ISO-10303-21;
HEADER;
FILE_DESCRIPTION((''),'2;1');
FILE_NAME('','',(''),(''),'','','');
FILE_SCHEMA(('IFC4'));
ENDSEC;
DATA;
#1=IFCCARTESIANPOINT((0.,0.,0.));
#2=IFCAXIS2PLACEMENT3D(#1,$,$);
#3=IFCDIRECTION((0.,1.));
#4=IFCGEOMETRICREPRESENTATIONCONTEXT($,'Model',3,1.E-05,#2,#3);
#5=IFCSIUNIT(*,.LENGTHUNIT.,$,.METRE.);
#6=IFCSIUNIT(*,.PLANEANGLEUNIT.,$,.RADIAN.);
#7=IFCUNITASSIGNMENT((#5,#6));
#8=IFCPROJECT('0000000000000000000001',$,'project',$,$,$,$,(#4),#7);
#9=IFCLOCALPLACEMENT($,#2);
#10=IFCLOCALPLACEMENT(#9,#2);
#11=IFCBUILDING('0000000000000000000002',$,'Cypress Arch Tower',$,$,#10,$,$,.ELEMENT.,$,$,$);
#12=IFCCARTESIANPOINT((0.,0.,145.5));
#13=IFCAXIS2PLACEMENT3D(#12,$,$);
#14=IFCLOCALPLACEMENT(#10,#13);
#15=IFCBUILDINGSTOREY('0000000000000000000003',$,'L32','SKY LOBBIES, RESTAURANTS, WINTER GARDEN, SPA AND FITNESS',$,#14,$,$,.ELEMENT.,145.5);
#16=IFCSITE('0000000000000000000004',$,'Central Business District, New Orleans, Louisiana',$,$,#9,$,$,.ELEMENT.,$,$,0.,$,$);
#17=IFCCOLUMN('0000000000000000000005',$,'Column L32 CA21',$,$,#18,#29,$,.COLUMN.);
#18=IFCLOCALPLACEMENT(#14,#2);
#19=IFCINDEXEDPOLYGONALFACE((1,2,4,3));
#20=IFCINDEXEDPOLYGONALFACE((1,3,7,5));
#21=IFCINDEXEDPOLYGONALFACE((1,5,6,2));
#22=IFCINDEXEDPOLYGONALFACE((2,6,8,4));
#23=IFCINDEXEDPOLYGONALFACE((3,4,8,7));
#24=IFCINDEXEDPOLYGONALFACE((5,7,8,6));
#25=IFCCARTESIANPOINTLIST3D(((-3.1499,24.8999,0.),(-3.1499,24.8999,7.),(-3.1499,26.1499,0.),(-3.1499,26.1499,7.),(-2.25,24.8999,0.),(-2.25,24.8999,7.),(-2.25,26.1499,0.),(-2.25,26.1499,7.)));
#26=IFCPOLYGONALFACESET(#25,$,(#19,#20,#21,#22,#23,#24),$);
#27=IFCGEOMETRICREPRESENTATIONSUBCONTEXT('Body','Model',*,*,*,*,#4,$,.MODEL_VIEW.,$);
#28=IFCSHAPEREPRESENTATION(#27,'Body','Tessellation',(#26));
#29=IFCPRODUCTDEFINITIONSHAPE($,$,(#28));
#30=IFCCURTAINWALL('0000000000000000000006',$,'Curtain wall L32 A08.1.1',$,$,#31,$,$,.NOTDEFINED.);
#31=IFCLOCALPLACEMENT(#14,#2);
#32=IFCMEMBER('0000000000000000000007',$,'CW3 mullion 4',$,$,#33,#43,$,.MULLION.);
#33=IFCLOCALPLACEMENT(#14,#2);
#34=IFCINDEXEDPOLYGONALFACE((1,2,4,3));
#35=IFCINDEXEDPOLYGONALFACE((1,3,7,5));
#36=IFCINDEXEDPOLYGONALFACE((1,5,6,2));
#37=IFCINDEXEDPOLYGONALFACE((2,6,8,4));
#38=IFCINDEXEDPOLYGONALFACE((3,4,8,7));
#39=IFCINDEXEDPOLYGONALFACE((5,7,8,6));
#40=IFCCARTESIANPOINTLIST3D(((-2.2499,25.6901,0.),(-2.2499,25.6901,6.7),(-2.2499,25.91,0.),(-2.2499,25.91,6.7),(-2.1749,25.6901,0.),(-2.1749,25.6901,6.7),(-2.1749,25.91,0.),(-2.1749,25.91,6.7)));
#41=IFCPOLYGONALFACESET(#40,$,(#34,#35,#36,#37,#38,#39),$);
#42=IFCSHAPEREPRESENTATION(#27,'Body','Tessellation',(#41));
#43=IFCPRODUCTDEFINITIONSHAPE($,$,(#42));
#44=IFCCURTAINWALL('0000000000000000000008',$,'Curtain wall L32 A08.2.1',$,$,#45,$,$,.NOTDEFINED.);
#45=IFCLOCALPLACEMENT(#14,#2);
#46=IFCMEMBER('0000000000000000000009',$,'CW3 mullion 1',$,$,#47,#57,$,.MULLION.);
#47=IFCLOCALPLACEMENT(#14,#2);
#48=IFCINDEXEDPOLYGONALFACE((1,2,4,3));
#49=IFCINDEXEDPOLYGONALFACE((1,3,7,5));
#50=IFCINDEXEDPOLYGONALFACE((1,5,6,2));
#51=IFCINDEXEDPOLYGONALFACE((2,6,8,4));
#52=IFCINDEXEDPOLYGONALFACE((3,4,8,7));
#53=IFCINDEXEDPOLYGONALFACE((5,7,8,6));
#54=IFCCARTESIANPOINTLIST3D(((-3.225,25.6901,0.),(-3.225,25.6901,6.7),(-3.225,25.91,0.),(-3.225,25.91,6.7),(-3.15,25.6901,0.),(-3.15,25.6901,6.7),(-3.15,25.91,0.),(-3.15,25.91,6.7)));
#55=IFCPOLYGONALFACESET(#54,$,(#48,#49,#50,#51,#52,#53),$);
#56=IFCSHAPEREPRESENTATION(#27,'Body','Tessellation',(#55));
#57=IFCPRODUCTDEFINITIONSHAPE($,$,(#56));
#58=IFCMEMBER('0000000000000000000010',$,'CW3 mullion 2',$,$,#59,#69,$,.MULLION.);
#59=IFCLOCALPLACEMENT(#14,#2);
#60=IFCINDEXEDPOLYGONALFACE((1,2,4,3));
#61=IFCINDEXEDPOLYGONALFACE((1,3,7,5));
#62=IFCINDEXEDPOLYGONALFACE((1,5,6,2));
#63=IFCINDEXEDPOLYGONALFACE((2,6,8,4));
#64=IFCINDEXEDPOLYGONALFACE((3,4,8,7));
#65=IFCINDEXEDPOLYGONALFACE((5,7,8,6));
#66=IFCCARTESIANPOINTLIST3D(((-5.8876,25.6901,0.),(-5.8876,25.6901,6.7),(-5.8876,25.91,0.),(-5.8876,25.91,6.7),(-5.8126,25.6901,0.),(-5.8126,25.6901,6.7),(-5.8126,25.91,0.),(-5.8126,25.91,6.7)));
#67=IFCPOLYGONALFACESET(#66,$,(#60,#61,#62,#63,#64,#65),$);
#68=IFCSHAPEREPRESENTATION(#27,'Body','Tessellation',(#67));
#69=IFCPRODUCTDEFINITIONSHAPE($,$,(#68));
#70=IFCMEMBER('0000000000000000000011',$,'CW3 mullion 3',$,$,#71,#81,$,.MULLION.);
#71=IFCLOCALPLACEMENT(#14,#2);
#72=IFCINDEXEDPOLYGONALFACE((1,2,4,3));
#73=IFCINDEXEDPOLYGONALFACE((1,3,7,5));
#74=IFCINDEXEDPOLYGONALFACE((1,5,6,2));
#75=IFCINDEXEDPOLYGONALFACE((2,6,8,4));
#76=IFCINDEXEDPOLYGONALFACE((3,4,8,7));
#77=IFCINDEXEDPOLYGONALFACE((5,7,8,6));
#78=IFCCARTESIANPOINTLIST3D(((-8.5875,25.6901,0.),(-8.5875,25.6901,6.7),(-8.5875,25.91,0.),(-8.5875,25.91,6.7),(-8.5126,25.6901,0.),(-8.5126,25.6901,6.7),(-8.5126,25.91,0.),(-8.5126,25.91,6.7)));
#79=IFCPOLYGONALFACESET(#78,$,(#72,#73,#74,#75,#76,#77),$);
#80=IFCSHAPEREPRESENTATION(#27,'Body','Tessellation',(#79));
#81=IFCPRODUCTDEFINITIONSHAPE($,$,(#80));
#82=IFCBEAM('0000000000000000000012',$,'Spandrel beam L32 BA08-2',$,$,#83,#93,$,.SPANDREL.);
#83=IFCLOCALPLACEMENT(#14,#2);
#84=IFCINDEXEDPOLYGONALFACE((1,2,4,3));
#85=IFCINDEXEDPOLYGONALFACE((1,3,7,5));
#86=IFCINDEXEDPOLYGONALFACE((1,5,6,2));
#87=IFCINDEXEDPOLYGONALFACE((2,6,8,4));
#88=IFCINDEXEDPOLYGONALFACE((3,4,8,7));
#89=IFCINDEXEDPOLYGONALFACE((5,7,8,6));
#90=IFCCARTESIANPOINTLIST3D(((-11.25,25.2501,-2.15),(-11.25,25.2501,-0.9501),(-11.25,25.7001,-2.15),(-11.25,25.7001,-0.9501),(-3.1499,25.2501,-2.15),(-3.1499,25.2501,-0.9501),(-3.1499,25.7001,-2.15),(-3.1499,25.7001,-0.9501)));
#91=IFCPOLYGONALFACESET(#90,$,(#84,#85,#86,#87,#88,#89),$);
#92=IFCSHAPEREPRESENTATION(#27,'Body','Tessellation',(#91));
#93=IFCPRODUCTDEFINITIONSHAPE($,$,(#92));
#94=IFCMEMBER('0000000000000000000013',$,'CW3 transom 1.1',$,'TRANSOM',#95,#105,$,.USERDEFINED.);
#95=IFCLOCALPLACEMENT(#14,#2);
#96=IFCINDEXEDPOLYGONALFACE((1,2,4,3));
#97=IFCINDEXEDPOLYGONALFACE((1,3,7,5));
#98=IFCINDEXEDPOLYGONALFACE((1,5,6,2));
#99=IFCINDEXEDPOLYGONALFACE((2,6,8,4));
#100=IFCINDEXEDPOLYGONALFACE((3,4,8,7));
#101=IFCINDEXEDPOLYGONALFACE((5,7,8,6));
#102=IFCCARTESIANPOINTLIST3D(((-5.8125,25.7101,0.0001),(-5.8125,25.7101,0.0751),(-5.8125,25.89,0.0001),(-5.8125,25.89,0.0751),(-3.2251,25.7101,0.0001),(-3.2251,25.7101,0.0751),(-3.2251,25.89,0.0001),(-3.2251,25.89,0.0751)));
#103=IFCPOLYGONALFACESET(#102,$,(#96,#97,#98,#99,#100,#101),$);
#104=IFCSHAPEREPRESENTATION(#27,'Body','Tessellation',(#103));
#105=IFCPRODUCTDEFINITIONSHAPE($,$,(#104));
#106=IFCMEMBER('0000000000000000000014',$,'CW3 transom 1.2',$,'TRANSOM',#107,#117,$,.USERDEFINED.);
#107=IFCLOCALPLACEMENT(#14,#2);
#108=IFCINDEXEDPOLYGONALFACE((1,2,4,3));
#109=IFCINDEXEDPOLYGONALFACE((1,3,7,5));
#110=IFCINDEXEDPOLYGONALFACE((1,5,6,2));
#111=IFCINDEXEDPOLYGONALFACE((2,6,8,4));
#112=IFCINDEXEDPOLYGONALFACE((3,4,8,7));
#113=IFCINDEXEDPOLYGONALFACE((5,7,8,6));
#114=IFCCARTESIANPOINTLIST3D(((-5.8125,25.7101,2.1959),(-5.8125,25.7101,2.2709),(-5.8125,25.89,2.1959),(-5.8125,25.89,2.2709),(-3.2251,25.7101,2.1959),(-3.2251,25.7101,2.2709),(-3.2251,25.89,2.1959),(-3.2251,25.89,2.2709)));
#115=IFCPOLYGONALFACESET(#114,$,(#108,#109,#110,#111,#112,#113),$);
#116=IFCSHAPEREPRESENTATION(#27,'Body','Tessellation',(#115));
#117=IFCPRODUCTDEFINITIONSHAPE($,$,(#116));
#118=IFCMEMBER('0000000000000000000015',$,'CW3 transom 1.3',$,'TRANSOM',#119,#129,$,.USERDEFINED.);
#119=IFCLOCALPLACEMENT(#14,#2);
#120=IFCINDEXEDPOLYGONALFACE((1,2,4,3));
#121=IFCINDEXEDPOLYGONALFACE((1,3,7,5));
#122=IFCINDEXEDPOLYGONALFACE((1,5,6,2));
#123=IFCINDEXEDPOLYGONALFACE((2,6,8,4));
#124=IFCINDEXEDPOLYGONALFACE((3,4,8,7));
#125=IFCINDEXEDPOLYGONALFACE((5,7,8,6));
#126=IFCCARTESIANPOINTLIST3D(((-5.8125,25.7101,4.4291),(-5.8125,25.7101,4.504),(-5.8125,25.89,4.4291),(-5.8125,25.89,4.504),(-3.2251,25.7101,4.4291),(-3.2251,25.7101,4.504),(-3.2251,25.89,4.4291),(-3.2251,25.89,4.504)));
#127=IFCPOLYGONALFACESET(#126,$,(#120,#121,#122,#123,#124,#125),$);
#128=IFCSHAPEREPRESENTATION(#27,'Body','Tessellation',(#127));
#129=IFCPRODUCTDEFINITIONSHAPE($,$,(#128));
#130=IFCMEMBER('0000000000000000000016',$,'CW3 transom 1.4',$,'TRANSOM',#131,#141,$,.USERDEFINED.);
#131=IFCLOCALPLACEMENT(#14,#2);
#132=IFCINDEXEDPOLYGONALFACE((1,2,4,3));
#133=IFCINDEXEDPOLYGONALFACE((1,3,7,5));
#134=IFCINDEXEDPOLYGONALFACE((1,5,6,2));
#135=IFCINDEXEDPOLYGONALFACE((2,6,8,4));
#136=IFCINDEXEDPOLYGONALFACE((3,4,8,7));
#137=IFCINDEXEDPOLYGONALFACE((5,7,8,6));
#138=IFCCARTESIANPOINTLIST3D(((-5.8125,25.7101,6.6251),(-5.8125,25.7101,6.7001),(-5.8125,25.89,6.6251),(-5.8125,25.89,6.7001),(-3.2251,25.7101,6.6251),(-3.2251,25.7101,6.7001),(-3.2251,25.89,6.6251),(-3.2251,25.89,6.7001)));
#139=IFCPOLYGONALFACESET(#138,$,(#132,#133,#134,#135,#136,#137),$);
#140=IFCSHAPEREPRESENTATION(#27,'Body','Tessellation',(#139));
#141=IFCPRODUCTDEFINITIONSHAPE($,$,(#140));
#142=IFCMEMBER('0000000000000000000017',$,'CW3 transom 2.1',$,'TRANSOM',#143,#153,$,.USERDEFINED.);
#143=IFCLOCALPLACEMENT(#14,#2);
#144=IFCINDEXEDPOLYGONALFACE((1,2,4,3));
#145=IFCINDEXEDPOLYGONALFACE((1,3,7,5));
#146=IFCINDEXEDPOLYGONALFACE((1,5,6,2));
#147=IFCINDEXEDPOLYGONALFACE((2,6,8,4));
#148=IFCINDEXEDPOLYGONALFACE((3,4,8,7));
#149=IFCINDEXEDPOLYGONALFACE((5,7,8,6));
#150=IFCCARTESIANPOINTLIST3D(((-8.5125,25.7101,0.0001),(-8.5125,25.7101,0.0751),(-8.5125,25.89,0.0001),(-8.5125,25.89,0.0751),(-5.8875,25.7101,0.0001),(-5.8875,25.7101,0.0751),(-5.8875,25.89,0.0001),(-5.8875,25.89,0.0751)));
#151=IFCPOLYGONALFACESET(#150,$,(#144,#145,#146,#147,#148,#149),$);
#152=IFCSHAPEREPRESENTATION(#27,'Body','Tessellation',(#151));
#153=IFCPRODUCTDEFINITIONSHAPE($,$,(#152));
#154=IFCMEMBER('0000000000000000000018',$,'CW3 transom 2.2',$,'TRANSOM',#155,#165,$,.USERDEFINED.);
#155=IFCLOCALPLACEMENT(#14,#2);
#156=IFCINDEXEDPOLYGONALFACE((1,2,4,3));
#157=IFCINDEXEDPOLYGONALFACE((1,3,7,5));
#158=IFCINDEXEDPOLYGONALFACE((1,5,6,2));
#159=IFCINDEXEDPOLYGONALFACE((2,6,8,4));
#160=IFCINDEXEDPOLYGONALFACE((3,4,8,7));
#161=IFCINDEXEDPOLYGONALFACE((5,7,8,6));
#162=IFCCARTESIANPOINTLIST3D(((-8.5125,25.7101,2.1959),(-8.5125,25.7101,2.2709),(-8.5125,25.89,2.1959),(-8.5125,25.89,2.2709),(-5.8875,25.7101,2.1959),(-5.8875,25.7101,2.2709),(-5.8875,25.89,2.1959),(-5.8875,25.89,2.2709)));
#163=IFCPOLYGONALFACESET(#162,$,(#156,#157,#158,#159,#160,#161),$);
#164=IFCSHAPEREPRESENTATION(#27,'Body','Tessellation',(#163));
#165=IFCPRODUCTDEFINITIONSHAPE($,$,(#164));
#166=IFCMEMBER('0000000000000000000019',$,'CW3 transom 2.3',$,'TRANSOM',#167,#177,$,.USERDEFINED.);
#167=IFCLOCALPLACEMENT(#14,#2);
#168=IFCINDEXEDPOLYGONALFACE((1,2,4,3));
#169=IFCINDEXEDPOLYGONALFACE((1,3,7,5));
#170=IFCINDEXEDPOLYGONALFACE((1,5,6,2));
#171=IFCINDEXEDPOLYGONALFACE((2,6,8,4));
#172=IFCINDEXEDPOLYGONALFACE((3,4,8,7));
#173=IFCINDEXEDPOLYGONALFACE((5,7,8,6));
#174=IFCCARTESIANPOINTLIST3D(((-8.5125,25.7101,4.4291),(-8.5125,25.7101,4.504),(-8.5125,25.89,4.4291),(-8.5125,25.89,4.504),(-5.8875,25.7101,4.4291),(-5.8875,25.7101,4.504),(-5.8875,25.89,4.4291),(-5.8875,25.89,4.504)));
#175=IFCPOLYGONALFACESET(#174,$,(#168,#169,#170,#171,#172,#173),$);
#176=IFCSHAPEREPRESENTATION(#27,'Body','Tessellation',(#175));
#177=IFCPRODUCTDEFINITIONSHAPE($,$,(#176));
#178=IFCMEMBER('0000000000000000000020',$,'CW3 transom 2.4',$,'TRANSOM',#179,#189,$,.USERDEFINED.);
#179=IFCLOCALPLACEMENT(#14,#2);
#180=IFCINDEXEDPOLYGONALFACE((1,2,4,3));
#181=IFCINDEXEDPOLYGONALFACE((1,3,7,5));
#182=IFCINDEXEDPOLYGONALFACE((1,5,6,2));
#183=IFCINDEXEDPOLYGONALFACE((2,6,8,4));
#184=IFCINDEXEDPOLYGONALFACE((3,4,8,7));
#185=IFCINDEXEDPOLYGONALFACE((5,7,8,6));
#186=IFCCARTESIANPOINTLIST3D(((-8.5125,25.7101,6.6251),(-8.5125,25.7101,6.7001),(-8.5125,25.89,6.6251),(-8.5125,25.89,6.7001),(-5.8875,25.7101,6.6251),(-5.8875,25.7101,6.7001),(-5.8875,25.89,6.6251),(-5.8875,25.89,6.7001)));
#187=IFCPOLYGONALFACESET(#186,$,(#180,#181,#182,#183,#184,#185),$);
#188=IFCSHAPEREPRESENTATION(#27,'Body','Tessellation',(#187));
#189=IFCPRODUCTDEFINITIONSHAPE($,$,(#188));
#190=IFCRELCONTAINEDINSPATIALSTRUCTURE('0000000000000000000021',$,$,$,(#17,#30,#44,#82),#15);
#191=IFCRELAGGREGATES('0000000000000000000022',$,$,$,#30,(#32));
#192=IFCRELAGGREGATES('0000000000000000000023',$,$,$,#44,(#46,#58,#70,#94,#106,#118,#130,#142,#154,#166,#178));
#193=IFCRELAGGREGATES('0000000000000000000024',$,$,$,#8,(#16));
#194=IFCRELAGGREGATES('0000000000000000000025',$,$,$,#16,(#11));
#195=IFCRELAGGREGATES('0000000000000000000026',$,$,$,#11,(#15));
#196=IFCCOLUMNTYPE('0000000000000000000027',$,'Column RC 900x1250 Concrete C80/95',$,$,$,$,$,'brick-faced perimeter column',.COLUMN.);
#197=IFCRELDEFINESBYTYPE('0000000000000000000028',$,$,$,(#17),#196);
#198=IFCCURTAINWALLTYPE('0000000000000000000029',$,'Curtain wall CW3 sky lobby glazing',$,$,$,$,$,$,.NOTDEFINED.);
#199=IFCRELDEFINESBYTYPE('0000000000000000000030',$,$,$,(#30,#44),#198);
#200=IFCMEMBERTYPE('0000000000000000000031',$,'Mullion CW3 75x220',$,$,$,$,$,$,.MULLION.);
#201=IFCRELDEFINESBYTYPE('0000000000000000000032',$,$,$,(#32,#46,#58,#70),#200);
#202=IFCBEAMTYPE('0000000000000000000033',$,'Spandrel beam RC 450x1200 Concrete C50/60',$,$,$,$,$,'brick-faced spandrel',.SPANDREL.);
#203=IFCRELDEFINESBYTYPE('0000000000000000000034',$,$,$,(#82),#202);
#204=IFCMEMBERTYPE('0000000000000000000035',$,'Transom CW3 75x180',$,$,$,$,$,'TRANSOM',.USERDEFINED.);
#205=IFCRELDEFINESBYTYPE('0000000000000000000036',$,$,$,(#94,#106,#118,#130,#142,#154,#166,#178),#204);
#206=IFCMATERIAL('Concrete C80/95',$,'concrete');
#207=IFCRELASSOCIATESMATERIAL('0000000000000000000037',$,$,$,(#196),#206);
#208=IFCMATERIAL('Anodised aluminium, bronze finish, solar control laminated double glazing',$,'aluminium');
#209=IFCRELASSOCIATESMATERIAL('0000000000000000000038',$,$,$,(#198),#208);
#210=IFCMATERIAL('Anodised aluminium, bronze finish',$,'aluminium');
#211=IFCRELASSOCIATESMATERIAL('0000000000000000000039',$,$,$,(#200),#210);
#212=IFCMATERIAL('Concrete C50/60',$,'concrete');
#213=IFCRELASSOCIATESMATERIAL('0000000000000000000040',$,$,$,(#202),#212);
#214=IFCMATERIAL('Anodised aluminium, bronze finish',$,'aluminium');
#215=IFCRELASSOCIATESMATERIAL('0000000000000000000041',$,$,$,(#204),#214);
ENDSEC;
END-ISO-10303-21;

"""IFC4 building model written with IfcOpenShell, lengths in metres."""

from ifc_helpers import new_model, si_unit, direction, frame, origin, origin_2d, place, context, subcontext, project, spatial, rectangle, extrude, material, material_profile, profile_set, type_object, element, aggregate, save


model = new_model("IFC4")

# Units and contexts
model_context = context("Model", 3, precision=1e-05, world=origin(), true_north=direction((0.0, 1.0)))
body_context = subcontext(model_context, "Body", "Model", "MODEL_VIEW")
ifc_project = project(units=[si_unit("LENGTHUNIT", "METRE"), si_unit("PLANEANGLEUNIT", "RADIAN")], contexts=[model_context])

# Site, building, storey
site_placement = place(None, origin())
site = spatial("IfcSite", under=ifc_project, at=site_placement, Name="Central Business District, New Orleans, Louisiana", CompositionType="ELEMENT", RefElevation=0.0)
building_placement = place(site_placement, origin())
building = spatial("IfcBuilding", under=site, at=building_placement, Name="Cypress Arch Tower", CompositionType="ELEMENT")
storey_placement = place(building_placement, frame((0.0, 0.0, 145.5)))
storey = spatial("IfcBuildingStorey", under=building, at=storey_placement, Name="L32", Description="SKY LOBBIES, RESTAURANTS, WINTER GARDEN, SPA AND FITNESS", CompositionType="ELEMENT", Elevation=145.5)

# Column
ifc_material_1 = material(Name="Concrete C80/95", Category="concrete")
ifc_material_profile_1 = material_profile(ifc_material_1, rectangle(XDim=0.8999, YDim=1.25, at=origin_2d()), Name="RC 900x1250")
ifc_profile_set_1 = profile_set([ifc_material_profile_1], Name="Concrete C80/95")
column_type = type_object("IfcColumnType", Name="Column RC 900x1250 Concrete C80/95", ElementType="brick-faced perimeter column", PredefinedType="COLUMN", material=ifc_profile_set_1)
column_placement = place(storey_placement, frame((-2.7, 25.5249, 0.0), z_axis=(0.0, 0.0, 1.0), x_axis=(-1.0, 0.0, 0.0)))
element("IfcColumn", 1, at=column_placement, inside=storey, type_object=column_type, Name="Column L32 CA21", PredefinedType="COLUMN", context=body_context, shape_type="SweptSolid", body=[
    extrude(rectangle(XDim=0.8999, YDim=1.25, at=origin_2d()), origin(), (0.0, 0.0, 1.0), 7.0),
])

# Curtain wall, member
ifc_material_2 = material(Name="Anodised aluminium, bronze finish, solar control laminated double glazing", Category="aluminium")
curtain_wall_type = type_object("IfcCurtainWallType", Name="Curtain wall CW3 sky lobby glazing", PredefinedType="NOTDEFINED", material=ifc_material_2)
curtain_wall_1_placement = place(storey_placement, origin())
curtain_wall_1 = element("IfcCurtainWall", 2, at=curtain_wall_1_placement, inside=storey, type_object=curtain_wall_type, Name="Curtain wall L32 A08.1.1", PredefinedType="NOTDEFINED")
ifc_material_3 = material(Name="Anodised aluminium, bronze finish", Category="aluminium")
ifc_material_profile_2 = material_profile(ifc_material_3, rectangle(XDim=0.22, YDim=0.075, at=origin_2d()), Name="Mullion 75x220")
ifc_profile_set_2 = profile_set([ifc_material_profile_2], Name="Anodised aluminium, bronze finish")
member_type_1 = type_object("IfcMemberType", Name="Mullion CW3 75x220", PredefinedType="MULLION", material=ifc_profile_set_2)
member_1_placement = place(storey_placement, frame((-2.2124, 25.8, 0.0), z_axis=(0.0, 0.0, 1.0), x_axis=(0.0, -1.0, 0.0)))
member_1 = element("IfcMember", 3, at=member_1_placement, type_object=member_type_1, Name="CW3 mullion 4", PredefinedType="MULLION", context=body_context, shape_type="SweptSolid", body=[
    extrude(rectangle(XDim=0.22, YDim=0.075, at=origin_2d()), origin(), (0.0, 0.0, 1.0), 6.7),
])
aggregate(curtain_wall_1, [member_1])

# Curtain wall, members
curtain_wall_2_placement = place(storey_placement, origin())
curtain_wall_2 = element("IfcCurtainWall", 4, at=curtain_wall_2_placement, inside=storey, type_object=curtain_wall_type, Name="Curtain wall L32 A08.2.1", PredefinedType="NOTDEFINED")
member_2_placement = place(storey_placement, frame((-3.1875, 25.8, 0.0), z_axis=(0.0, 0.0, 1.0), x_axis=(0.0, -1.0, 0.0)))
member_2 = element("IfcMember", 5, at=member_2_placement, type_object=member_type_1, Name="CW3 mullion 1", PredefinedType="MULLION", context=body_context, shape_type="SweptSolid", body=[
    extrude(rectangle(XDim=0.22, YDim=0.075, at=origin_2d()), origin(), (0.0, 0.0, 1.0), 6.7),
])
member_3_placement = place(storey_placement, frame((-5.8501, 25.8, 0.0), z_axis=(0.0, 0.0, 1.0), x_axis=(0.0, -1.0, 0.0)))
member_3 = element("IfcMember", 6, at=member_3_placement, type_object=member_type_1, Name="CW3 mullion 2", PredefinedType="MULLION", context=body_context, shape_type="SweptSolid", body=[
    extrude(rectangle(XDim=0.22, YDim=0.075, at=origin_2d()), origin(), (0.0, 0.0, 1.0), 6.7),
])
member_4_placement = place(storey_placement, frame((-8.55, 25.8, 0.0), z_axis=(0.0, 0.0, 1.0), x_axis=(0.0, -1.0, 0.0)))
member_4 = element("IfcMember", 7, at=member_4_placement, type_object=member_type_1, Name="CW3 mullion 3", PredefinedType="MULLION", context=body_context, shape_type="SweptSolid", body=[
    extrude(rectangle(XDim=0.22, YDim=0.075, at=origin_2d()), origin(), (0.0, 0.0, 1.0), 6.7),
])

# Beam
ifc_material_4 = material(Name="Concrete C50/60", Category="concrete")
ifc_material_profile_3 = material_profile(ifc_material_4, rectangle(XDim=0.45, YDim=1.2, at=origin_2d()), Name="RC 450x1200")
ifc_profile_set_3 = profile_set([ifc_material_profile_3], Name="Concrete C50/60")
beam_type = type_object("IfcBeamType", Name="Spandrel beam RC 450x1200 Concrete C50/60", ElementType="brick-faced spandrel", PredefinedType="SPANDREL", material=ifc_profile_set_3)
beam_placement = place(storey_placement, frame((-3.1499, 25.4751, -1.55), z_axis=(-1.0, 0.0, 0.0), x_axis=(0.0, -1.0, 0.0)))
element("IfcBeam", 8, at=beam_placement, inside=storey, type_object=beam_type, Name="Spandrel beam L32 BA08-2", PredefinedType="SPANDREL", context=body_context, shape_type="SweptSolid", body=[
    extrude(rectangle(XDim=0.45, YDim=1.2, at=origin_2d()), origin(), (0.0, 0.0, 1.0), 8.1001),
])

# Members
ifc_material_5 = material(Name="Anodised aluminium, bronze finish", Category="aluminium")
ifc_material_profile_4 = material_profile(ifc_material_5, rectangle(XDim=0.1799, YDim=0.075, at=origin_2d()), Name="Transom 75x180")
ifc_profile_set_4 = profile_set([ifc_material_profile_4], Name="Anodised aluminium, bronze finish")
member_type_2 = type_object("IfcMemberType", Name="Transom CW3 75x180", ElementType="TRANSOM", PredefinedType="USERDEFINED", material=ifc_profile_set_4)
member_5_placement = place(storey_placement, frame((-3.2251, 25.8, 0.0376), z_axis=(-1.0, 0.0, 0.0), x_axis=(0.0, -1.0, 0.0)))
member_5 = element("IfcMember", 9, at=member_5_placement, type_object=member_type_2, Name="CW3 transom 1.1", ObjectType="TRANSOM", PredefinedType="USERDEFINED", context=body_context, shape_type="SweptSolid", body=[
    extrude(rectangle(XDim=0.1799, YDim=0.075, at=origin_2d()), origin(), (0.0, 0.0, 1.0), 2.5874),
])
member_6_placement = place(storey_placement, frame((-3.2251, 25.8, 2.2334), z_axis=(-1.0, 0.0, 0.0), x_axis=(0.0, -1.0, 0.0)))
member_6 = element("IfcMember", 10, at=member_6_placement, type_object=member_type_2, Name="CW3 transom 1.2", ObjectType="TRANSOM", PredefinedType="USERDEFINED", context=body_context, shape_type="SweptSolid", body=[
    extrude(rectangle(XDim=0.1799, YDim=0.075, at=origin_2d()), origin(), (0.0, 0.0, 1.0), 2.5874),
])
member_7_placement = place(storey_placement, frame((-3.2251, 25.8, 4.4666), z_axis=(-1.0, 0.0, 0.0), x_axis=(0.0, -1.0, 0.0)))
member_7 = element("IfcMember", 11, at=member_7_placement, type_object=member_type_2, Name="CW3 transom 1.3", ObjectType="TRANSOM", PredefinedType="USERDEFINED", context=body_context, shape_type="SweptSolid", body=[
    extrude(rectangle(XDim=0.1799, YDim=0.075, at=origin_2d()), origin(), (0.0, 0.0, 1.0), 2.5874),
])
member_8_placement = place(storey_placement, frame((-3.2251, 25.8, 6.6626), z_axis=(-1.0, 0.0, 0.0), x_axis=(0.0, -1.0, 0.0)))
member_8 = element("IfcMember", 12, at=member_8_placement, type_object=member_type_2, Name="CW3 transom 1.4", ObjectType="TRANSOM", PredefinedType="USERDEFINED", context=body_context, shape_type="SweptSolid", body=[
    extrude(rectangle(XDim=0.1799, YDim=0.075, at=origin_2d()), origin(), (0.0, 0.0, 1.0), 2.5874),
])
member_9_placement = place(storey_placement, frame((-5.8875, 25.8, 0.0376), z_axis=(-1.0, 0.0, 0.0), x_axis=(0.0, -1.0, 0.0)))
member_9 = element("IfcMember", 13, at=member_9_placement, type_object=member_type_2, Name="CW3 transom 2.1", ObjectType="TRANSOM", PredefinedType="USERDEFINED", context=body_context, shape_type="SweptSolid", body=[
    extrude(rectangle(XDim=0.1799, YDim=0.075, at=origin_2d()), origin(), (0.0, 0.0, 1.0), 2.625),
])
member_10_placement = place(storey_placement, frame((-5.8875, 25.8, 2.2334), z_axis=(-1.0, 0.0, 0.0), x_axis=(0.0, -1.0, 0.0)))
member_10 = element("IfcMember", 14, at=member_10_placement, type_object=member_type_2, Name="CW3 transom 2.2", ObjectType="TRANSOM", PredefinedType="USERDEFINED", context=body_context, shape_type="SweptSolid", body=[
    extrude(rectangle(XDim=0.1799, YDim=0.075, at=origin_2d()), origin(), (0.0, 0.0, 1.0), 2.625),
])
member_11_placement = place(storey_placement, frame((-5.8875, 25.8, 4.4666), z_axis=(-1.0, 0.0, 0.0), x_axis=(0.0, -1.0, 0.0)))
member_11 = element("IfcMember", 15, at=member_11_placement, type_object=member_type_2, Name="CW3 transom 2.3", ObjectType="TRANSOM", PredefinedType="USERDEFINED", context=body_context, shape_type="SweptSolid", body=[
    extrude(rectangle(XDim=0.1799, YDim=0.075, at=origin_2d()), origin(), (0.0, 0.0, 1.0), 2.625),
])
member_12_placement = place(storey_placement, frame((-5.8875, 25.8, 6.6626), z_axis=(-1.0, 0.0, 0.0), x_axis=(0.0, -1.0, 0.0)))
member_12 = element("IfcMember", 16, at=member_12_placement, type_object=member_type_2, Name="CW3 transom 2.4", ObjectType="TRANSOM", PredefinedType="USERDEFINED", context=body_context, shape_type="SweptSolid", body=[
    extrude(rectangle(XDim=0.1799, YDim=0.075, at=origin_2d()), origin(), (0.0, 0.0, 1.0), 2.625),
])

aggregate(curtain_wall_2, [member_2, member_3, member_4, member_5, member_6, member_7, member_8, member_9, member_10, member_11, member_12])

save(model, "model.ifc")
